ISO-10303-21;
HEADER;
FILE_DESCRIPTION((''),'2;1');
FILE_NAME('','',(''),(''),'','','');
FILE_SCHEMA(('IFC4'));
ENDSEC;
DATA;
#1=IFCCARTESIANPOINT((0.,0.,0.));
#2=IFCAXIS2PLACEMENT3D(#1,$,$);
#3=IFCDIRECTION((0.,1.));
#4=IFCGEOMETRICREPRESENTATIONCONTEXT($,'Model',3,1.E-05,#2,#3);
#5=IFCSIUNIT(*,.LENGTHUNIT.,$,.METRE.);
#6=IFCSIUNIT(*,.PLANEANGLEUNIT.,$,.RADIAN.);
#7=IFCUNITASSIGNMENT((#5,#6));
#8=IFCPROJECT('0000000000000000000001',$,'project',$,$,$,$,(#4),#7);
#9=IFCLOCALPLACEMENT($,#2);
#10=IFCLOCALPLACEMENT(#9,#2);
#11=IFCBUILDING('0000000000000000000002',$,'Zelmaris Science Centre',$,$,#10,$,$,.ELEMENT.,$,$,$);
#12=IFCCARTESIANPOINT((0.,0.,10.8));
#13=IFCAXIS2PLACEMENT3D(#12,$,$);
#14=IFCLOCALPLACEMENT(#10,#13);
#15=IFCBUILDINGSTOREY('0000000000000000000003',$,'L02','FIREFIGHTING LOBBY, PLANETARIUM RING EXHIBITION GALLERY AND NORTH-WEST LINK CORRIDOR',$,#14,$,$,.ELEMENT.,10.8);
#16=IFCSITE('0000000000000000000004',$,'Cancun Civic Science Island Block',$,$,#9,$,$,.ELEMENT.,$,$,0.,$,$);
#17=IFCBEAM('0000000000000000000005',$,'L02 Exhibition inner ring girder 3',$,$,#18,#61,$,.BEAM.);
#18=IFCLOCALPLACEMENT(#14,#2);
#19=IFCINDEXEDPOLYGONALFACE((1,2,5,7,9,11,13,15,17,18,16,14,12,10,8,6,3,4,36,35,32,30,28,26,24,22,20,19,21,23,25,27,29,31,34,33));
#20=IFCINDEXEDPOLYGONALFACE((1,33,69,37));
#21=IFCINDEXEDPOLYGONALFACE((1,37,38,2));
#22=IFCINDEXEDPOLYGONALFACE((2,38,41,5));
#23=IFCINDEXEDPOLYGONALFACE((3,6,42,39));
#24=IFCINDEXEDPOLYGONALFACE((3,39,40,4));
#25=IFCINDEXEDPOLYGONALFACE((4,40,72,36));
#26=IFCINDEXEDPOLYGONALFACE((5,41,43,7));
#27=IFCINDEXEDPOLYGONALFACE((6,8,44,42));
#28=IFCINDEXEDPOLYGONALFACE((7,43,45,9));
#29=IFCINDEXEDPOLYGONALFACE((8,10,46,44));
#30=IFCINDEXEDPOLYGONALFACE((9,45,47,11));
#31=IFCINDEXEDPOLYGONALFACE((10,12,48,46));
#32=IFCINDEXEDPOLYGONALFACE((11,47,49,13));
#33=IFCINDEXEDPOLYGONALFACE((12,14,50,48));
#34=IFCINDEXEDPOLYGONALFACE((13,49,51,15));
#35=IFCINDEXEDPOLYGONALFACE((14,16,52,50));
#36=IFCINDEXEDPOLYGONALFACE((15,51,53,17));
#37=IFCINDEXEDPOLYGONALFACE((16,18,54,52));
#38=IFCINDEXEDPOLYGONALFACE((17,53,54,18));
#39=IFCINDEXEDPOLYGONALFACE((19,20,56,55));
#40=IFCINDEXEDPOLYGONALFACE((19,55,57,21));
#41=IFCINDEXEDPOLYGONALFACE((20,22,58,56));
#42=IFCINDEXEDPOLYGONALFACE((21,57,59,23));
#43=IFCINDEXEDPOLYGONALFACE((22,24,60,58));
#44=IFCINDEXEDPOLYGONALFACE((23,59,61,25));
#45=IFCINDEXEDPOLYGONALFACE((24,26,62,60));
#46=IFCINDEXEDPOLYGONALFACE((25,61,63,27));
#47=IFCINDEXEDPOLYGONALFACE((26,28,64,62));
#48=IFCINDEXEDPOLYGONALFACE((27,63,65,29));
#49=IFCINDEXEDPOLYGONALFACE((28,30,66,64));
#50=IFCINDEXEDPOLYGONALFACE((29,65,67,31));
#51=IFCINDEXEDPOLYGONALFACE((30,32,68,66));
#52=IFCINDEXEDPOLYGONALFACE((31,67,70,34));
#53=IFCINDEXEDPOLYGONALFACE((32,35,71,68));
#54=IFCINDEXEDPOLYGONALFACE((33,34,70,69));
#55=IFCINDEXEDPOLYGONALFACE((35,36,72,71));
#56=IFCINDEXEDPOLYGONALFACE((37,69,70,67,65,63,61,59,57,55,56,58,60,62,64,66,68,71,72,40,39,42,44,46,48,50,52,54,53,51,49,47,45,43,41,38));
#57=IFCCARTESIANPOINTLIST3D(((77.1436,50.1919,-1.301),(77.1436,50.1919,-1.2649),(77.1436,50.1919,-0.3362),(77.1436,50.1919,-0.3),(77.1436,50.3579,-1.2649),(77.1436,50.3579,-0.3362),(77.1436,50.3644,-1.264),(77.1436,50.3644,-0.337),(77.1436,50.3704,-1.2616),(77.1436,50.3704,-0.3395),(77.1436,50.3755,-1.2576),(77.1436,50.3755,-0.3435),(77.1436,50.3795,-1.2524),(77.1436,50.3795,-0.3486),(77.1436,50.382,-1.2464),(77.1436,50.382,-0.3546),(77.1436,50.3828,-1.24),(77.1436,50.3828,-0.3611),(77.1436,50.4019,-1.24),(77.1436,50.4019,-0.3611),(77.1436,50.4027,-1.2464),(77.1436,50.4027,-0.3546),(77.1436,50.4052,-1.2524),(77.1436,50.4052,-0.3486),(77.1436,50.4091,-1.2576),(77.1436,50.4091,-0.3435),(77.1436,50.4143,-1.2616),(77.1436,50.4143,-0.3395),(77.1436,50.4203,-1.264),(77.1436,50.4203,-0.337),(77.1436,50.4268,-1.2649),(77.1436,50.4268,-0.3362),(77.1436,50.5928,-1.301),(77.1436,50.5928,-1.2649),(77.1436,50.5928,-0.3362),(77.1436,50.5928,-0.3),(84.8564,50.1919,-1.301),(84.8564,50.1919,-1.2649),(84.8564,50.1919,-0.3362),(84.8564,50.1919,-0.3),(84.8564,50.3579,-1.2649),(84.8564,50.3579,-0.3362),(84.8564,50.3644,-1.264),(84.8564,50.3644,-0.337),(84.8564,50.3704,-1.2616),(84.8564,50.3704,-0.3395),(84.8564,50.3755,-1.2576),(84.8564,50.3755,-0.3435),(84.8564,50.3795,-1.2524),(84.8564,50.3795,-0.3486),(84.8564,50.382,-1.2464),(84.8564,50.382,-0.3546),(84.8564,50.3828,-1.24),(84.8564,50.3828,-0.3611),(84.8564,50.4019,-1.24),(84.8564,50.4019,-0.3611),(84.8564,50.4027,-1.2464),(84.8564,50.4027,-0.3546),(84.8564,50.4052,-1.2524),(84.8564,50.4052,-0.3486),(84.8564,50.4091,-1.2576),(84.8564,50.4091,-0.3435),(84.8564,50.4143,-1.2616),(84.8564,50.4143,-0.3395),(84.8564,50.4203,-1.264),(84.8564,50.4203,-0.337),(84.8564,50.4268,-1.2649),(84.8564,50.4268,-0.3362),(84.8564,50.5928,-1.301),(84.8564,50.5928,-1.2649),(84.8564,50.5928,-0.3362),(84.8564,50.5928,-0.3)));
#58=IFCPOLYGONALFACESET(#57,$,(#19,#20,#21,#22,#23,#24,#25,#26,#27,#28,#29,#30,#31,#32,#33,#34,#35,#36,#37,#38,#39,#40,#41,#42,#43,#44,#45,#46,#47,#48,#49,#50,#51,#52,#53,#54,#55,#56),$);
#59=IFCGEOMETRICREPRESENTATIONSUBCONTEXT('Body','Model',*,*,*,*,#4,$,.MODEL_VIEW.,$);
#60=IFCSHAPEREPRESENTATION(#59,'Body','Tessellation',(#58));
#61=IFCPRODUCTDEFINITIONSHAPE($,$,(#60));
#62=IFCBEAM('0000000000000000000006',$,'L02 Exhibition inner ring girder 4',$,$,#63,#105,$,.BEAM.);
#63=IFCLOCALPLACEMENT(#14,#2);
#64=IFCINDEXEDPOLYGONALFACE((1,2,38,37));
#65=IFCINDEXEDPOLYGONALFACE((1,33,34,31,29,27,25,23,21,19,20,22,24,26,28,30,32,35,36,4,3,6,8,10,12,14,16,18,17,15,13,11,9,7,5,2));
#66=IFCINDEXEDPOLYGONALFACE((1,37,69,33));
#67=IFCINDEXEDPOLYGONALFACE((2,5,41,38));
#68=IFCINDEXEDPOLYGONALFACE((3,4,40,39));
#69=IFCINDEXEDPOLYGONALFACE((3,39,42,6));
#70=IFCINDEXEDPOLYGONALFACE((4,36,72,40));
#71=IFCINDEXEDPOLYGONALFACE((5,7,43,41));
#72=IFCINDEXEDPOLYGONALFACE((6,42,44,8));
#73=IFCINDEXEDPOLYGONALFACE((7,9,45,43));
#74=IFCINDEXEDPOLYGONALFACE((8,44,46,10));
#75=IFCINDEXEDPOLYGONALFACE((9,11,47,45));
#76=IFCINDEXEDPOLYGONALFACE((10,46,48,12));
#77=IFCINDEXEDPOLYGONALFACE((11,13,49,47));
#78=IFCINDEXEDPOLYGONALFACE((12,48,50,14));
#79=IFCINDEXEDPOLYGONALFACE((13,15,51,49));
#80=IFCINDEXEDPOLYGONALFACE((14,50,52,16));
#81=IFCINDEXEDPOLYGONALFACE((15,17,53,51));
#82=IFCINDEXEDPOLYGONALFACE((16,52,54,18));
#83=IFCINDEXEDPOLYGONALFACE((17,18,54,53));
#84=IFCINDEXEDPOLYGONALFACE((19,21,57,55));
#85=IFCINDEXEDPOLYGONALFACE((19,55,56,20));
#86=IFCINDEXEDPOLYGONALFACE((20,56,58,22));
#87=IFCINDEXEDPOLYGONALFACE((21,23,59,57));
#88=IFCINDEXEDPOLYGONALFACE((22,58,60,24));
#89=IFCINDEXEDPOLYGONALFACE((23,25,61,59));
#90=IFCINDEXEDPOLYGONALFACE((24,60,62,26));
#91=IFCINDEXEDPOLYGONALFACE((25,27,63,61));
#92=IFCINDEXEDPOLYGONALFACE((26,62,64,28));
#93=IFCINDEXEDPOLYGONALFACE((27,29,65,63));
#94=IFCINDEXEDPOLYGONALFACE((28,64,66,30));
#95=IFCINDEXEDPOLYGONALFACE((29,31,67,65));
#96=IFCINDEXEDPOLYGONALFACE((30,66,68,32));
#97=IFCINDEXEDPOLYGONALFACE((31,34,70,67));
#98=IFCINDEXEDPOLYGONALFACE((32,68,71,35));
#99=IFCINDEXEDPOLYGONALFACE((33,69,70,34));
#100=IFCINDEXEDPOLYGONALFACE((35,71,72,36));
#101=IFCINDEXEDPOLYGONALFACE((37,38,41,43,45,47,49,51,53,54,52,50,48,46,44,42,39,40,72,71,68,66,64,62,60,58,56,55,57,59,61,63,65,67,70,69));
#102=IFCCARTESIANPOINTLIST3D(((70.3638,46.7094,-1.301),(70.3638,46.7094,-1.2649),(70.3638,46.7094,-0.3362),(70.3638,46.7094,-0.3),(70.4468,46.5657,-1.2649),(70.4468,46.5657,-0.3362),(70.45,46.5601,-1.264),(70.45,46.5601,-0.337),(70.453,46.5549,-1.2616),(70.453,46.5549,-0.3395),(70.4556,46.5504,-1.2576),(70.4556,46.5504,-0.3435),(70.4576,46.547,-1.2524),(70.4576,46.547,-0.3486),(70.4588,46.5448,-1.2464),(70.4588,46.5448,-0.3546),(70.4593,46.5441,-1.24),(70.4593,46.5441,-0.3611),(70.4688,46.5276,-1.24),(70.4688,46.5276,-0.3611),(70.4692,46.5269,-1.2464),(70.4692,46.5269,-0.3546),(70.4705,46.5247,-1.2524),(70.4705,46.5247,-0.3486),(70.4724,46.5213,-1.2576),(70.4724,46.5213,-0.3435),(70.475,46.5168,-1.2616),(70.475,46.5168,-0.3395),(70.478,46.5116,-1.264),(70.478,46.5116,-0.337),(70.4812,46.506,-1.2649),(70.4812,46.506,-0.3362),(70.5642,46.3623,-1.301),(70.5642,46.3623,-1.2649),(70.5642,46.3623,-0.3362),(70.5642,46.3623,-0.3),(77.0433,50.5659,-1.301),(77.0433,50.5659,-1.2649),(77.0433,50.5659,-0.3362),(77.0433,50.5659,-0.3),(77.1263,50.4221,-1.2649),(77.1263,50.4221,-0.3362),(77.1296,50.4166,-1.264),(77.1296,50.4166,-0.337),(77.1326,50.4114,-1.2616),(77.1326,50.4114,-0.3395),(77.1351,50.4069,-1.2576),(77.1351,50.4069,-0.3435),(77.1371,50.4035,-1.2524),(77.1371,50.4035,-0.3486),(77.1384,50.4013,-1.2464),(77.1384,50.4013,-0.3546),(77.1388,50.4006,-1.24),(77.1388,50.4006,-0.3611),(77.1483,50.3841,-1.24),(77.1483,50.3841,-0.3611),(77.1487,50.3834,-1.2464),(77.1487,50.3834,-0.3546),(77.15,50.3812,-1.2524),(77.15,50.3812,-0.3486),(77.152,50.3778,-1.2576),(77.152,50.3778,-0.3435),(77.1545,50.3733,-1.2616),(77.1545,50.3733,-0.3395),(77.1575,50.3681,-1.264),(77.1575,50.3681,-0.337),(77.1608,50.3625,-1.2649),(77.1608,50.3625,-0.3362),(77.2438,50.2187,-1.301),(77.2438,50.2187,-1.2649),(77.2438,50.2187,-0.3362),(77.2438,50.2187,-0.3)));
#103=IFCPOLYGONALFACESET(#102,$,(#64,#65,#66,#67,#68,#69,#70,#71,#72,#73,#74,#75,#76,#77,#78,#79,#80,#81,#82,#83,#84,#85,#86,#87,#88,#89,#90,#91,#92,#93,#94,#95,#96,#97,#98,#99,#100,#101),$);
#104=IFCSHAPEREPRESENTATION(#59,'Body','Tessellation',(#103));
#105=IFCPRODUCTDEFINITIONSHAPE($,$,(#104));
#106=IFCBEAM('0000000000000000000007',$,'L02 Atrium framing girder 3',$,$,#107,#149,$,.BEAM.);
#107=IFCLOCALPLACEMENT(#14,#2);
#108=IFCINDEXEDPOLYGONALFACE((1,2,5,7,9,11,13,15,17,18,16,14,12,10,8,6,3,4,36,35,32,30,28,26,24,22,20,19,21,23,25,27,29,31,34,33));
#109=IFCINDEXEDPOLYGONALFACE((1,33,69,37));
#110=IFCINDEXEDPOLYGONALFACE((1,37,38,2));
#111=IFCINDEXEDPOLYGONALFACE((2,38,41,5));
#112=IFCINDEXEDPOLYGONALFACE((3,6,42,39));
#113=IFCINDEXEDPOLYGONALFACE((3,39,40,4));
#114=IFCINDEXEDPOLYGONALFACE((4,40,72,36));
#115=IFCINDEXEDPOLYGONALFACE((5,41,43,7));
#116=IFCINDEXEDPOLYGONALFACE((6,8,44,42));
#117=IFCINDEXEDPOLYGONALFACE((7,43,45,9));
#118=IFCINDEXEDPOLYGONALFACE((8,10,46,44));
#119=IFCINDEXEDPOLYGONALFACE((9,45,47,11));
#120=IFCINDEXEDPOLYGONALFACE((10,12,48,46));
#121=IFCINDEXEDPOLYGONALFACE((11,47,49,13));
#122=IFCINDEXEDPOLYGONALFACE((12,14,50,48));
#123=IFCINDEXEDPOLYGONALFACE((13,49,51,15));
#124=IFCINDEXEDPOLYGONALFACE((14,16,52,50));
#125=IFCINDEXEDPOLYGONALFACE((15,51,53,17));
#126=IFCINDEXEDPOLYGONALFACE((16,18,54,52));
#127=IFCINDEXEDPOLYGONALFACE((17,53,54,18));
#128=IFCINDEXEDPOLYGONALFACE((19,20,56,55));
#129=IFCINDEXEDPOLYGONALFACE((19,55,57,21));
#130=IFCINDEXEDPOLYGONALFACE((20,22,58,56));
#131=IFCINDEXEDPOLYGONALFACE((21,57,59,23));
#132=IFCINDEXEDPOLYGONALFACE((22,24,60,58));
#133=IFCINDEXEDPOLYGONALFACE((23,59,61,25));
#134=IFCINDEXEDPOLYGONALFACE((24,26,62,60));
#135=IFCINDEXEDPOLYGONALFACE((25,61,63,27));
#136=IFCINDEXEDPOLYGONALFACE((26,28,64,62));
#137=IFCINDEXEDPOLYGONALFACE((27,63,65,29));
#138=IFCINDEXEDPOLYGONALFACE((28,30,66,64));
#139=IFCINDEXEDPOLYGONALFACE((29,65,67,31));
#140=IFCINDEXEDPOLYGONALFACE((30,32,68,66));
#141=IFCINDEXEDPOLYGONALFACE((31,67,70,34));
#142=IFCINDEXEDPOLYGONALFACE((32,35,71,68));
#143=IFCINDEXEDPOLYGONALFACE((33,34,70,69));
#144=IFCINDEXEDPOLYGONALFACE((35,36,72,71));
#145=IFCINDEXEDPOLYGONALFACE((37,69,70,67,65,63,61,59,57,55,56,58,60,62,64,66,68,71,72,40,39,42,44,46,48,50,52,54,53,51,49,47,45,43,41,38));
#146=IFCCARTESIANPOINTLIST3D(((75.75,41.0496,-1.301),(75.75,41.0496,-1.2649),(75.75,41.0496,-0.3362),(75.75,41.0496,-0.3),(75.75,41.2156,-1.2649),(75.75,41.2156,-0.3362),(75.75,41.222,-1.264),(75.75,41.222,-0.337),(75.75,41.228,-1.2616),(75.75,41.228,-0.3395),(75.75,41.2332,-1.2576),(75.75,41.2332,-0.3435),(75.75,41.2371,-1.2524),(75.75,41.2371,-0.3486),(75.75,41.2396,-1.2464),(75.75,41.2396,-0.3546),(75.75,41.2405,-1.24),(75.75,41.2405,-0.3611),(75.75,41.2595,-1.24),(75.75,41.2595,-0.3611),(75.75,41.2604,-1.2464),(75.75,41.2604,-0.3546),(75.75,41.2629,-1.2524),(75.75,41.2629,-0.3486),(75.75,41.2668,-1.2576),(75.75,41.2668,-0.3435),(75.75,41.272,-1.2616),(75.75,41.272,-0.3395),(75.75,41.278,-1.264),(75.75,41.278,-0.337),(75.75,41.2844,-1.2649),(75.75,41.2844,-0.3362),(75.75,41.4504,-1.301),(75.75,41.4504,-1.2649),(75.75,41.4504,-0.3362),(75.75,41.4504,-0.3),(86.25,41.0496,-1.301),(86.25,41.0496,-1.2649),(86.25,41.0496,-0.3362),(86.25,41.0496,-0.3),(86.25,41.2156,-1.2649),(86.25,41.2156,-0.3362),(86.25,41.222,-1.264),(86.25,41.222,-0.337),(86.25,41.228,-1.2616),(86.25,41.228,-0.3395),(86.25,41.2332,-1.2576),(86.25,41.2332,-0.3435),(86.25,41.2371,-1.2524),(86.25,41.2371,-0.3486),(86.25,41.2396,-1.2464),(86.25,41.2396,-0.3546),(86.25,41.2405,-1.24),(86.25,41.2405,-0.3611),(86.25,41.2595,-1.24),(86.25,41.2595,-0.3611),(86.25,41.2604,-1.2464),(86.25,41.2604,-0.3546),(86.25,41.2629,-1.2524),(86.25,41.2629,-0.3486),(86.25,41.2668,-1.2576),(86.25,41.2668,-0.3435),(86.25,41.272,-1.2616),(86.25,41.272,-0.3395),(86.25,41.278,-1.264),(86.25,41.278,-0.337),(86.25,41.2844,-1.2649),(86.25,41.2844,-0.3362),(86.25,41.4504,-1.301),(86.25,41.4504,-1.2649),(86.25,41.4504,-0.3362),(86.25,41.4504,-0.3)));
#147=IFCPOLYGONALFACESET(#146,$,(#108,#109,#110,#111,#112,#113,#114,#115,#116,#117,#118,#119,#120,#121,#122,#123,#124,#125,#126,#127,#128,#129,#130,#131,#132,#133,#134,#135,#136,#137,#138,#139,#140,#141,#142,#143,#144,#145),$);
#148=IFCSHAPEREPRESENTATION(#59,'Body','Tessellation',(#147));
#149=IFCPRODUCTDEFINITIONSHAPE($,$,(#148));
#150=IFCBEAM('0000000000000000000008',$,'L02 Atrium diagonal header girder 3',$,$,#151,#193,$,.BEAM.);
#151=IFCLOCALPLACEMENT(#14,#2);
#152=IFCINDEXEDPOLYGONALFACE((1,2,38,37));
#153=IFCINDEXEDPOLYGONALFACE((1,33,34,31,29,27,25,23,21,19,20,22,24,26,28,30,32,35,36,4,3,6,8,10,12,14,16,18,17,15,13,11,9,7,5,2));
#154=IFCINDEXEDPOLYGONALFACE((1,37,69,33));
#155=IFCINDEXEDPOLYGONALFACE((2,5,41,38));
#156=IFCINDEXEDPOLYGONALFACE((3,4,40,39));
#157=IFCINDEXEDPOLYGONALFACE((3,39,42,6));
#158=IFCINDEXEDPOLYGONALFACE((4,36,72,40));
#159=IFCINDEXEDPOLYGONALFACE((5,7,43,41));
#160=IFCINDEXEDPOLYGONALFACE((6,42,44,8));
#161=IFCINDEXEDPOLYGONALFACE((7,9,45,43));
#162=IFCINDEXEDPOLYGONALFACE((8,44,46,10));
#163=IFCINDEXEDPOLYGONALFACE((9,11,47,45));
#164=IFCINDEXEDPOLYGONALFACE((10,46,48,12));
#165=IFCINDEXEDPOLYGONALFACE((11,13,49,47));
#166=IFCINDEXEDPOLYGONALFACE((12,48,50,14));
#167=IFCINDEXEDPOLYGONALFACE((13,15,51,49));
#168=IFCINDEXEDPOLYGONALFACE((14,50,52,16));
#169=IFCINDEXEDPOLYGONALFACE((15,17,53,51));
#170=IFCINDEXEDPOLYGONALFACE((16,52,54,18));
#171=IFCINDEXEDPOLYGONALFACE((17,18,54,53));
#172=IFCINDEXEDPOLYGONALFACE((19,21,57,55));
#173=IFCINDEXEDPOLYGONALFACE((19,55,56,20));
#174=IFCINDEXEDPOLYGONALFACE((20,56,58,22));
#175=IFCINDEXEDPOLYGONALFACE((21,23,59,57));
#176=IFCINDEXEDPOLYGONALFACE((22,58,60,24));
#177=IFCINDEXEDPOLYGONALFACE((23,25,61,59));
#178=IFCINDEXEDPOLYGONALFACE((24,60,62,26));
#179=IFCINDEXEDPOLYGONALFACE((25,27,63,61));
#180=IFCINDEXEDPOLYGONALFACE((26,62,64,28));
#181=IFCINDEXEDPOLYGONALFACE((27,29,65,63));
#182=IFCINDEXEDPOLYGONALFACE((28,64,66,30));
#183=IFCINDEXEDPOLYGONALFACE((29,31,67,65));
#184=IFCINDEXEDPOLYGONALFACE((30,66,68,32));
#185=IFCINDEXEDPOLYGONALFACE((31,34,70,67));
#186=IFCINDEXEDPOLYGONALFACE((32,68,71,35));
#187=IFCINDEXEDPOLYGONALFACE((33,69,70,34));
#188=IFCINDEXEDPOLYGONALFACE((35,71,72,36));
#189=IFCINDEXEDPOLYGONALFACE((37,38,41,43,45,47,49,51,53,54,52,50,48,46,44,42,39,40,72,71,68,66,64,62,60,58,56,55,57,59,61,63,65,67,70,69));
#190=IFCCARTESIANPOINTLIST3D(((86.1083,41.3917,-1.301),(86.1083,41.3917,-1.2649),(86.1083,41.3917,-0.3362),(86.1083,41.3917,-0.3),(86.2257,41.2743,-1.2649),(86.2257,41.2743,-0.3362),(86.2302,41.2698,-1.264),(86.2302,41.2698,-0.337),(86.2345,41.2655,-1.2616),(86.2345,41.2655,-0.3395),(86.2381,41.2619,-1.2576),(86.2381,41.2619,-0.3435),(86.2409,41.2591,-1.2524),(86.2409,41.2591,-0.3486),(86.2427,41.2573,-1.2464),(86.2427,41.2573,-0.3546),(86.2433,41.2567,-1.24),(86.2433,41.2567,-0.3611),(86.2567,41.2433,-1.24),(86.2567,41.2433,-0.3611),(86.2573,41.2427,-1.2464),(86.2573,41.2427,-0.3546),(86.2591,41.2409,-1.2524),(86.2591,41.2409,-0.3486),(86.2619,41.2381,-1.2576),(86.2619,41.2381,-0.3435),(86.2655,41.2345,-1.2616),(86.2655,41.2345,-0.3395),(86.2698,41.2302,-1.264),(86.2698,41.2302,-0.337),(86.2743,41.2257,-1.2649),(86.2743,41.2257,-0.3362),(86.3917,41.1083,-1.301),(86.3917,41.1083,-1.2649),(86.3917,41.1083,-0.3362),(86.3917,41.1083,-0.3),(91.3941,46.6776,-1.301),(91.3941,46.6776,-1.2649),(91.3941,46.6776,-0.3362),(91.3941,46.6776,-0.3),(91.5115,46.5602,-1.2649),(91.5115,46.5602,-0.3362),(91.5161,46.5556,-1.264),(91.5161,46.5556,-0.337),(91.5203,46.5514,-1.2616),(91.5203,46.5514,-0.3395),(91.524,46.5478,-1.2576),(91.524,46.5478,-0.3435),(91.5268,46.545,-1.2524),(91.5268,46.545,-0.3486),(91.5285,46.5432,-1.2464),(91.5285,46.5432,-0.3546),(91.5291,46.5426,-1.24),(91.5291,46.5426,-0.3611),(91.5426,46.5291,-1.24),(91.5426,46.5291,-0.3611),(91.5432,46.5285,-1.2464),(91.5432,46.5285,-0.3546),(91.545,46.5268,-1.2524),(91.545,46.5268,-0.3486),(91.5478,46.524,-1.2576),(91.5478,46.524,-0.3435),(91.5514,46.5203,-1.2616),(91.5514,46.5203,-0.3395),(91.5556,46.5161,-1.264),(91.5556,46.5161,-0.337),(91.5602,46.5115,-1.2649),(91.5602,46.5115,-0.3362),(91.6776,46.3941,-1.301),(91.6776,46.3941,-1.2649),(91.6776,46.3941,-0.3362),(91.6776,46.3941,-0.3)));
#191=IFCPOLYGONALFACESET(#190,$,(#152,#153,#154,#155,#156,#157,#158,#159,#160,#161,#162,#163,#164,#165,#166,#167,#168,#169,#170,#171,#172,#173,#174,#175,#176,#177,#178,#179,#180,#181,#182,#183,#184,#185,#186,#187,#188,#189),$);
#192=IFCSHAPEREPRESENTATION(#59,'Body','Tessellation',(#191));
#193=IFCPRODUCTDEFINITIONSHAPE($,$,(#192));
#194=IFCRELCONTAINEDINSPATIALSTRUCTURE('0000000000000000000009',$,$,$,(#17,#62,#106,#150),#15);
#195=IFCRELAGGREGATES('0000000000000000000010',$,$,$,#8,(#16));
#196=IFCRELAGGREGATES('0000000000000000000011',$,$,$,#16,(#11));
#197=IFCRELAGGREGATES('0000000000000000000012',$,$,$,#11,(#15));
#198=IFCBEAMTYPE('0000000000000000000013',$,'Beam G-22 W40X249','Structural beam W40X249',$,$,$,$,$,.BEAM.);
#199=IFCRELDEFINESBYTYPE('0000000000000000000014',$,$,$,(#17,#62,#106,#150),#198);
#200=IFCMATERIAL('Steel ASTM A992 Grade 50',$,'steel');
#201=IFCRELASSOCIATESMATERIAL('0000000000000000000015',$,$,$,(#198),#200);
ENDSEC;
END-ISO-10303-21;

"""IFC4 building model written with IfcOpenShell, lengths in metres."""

from ifc_helpers import new_model, si_unit, direction, frame, origin, origin_2d, place, context, subcontext, project, spatial, i_section, extrude, material, material_profile, profile_set, type_object, element, save


model = new_model("IFC4")

# Units and contexts
model_context = context("Model", 3, precision=1e-05, world=origin(), true_north=direction((0.0, 1.0)))
body_context = subcontext(model_context, "Body", "Model", "MODEL_VIEW")
ifc_project = project(units=[si_unit("LENGTHUNIT", "METRE"), si_unit("PLANEANGLEUNIT", "RADIAN")], contexts=[model_context])

# Site, building, storey
site_placement = place(None, origin())
site = spatial("IfcSite", under=ifc_project, at=site_placement, Name="Cancun Civic Science Island Block", CompositionType="ELEMENT", RefElevation=0.0)
building_placement = place(site_placement, origin())
building = spatial("IfcBuilding", under=site, at=building_placement, Name="Zelmaris Science Centre", CompositionType="ELEMENT")
storey_placement = place(building_placement, frame((0.0, 0.0, 10.8)))
storey = spatial("IfcBuildingStorey", under=building, at=storey_placement, Name="L02", Description="FIREFIGHTING LOBBY, PLANETARIUM RING EXHIBITION GALLERY AND NORTH-WEST LINK CORRIDOR", CompositionType="ELEMENT", Elevation=10.8)

# Shared definitions
ifc_material_1 = material(Name="Steel ASTM A992 Grade 50", Category="steel")

# Beams
ifc_material_profile_1 = material_profile(ifc_material_1, i_section(OverallWidth=0.4009, OverallDepth=1.001, WebThickness=0.019, FlangeThickness=0.0361, FilletRadius=0.0249, at=origin_2d()), Name="W40X249")
ifc_profile_set_1 = profile_set([ifc_material_profile_1], Name="Steel ASTM A992 Grade 50")
beam_type_1 = type_object("IfcBeamType", Name="Beam G-22 W40X249", Description="Structural beam W40X249", PredefinedType="BEAM", material=ifc_profile_set_1)
for number, where, z_axis, x_axis, name in (
    (1, (84.8564, 50.3923, -0.8005), (-1.0, 0.0, 0.0), (0.0, -1.0, 0.0), "L02 Exhibition inner ring girder 3"),
    (2, (77.1436, 50.3923, -0.8005), (-0.866022, -0.500007, 0.0), (0.500007, -0.866022, 0.0), "L02 Exhibition inner ring girder 4"),
):
    element("IfcBeam", number, at=place(storey_placement, frame(where, z_axis=z_axis, x_axis=x_axis)), inside=storey, type_object=beam_type_1, Name=name, PredefinedType="BEAM", context=body_context, shape_type="SweptSolid", body=[
        extrude(i_section(OverallWidth=0.4009, OverallDepth=1.001, WebThickness=0.019, FlangeThickness=0.0361, FilletRadius=0.0249, at=origin_2d()), origin(), (0.0, 0.0, 1.0), 7.7129),
    ])
beam_1_placement = place(storey_placement, frame((86.25, 41.25, -0.8005), z_axis=(-1.0, 0.0, 0.0), x_axis=(0.0, -1.0, 0.0)))
element("IfcBeam", 3, at=beam_1_placement, inside=storey, type_object=beam_type_1, Name="L02 Atrium framing girder 3", PredefinedType="BEAM", context=body_context, shape_type="SweptSolid", body=[
    extrude(i_section(OverallWidth=0.4009, OverallDepth=1.001, WebThickness=0.019, FlangeThickness=0.0361, FilletRadius=0.0249, at=origin_2d()), origin(), (0.0, 0.0, 1.0), 10.5),
])
for number, where, z_axis, x_axis, name in (
    (4, (86.25, 41.25, -0.8005), (0.707107, 0.707107, 0.0), (-0.707107, 0.707107, 0.0), "L02 Atrium diagonal header girder 3"),
):
    element("IfcBeam", number, at=place(storey_placement, frame(where, z_axis=z_axis, x_axis=x_axis)), inside=storey, type_object=beam_type_1, Name=name, PredefinedType="BEAM", context=body_context, shape_type="SweptSolid", body=[
        extrude(i_section(OverallWidth=0.4009, OverallDepth=1.001, WebThickness=0.019, FlangeThickness=0.0361, FilletRadius=0.0249, at=origin_2d()), origin(), (0.0, 0.0, 1.0), 7.4753),
    ])

save(model, "model.ifc")
